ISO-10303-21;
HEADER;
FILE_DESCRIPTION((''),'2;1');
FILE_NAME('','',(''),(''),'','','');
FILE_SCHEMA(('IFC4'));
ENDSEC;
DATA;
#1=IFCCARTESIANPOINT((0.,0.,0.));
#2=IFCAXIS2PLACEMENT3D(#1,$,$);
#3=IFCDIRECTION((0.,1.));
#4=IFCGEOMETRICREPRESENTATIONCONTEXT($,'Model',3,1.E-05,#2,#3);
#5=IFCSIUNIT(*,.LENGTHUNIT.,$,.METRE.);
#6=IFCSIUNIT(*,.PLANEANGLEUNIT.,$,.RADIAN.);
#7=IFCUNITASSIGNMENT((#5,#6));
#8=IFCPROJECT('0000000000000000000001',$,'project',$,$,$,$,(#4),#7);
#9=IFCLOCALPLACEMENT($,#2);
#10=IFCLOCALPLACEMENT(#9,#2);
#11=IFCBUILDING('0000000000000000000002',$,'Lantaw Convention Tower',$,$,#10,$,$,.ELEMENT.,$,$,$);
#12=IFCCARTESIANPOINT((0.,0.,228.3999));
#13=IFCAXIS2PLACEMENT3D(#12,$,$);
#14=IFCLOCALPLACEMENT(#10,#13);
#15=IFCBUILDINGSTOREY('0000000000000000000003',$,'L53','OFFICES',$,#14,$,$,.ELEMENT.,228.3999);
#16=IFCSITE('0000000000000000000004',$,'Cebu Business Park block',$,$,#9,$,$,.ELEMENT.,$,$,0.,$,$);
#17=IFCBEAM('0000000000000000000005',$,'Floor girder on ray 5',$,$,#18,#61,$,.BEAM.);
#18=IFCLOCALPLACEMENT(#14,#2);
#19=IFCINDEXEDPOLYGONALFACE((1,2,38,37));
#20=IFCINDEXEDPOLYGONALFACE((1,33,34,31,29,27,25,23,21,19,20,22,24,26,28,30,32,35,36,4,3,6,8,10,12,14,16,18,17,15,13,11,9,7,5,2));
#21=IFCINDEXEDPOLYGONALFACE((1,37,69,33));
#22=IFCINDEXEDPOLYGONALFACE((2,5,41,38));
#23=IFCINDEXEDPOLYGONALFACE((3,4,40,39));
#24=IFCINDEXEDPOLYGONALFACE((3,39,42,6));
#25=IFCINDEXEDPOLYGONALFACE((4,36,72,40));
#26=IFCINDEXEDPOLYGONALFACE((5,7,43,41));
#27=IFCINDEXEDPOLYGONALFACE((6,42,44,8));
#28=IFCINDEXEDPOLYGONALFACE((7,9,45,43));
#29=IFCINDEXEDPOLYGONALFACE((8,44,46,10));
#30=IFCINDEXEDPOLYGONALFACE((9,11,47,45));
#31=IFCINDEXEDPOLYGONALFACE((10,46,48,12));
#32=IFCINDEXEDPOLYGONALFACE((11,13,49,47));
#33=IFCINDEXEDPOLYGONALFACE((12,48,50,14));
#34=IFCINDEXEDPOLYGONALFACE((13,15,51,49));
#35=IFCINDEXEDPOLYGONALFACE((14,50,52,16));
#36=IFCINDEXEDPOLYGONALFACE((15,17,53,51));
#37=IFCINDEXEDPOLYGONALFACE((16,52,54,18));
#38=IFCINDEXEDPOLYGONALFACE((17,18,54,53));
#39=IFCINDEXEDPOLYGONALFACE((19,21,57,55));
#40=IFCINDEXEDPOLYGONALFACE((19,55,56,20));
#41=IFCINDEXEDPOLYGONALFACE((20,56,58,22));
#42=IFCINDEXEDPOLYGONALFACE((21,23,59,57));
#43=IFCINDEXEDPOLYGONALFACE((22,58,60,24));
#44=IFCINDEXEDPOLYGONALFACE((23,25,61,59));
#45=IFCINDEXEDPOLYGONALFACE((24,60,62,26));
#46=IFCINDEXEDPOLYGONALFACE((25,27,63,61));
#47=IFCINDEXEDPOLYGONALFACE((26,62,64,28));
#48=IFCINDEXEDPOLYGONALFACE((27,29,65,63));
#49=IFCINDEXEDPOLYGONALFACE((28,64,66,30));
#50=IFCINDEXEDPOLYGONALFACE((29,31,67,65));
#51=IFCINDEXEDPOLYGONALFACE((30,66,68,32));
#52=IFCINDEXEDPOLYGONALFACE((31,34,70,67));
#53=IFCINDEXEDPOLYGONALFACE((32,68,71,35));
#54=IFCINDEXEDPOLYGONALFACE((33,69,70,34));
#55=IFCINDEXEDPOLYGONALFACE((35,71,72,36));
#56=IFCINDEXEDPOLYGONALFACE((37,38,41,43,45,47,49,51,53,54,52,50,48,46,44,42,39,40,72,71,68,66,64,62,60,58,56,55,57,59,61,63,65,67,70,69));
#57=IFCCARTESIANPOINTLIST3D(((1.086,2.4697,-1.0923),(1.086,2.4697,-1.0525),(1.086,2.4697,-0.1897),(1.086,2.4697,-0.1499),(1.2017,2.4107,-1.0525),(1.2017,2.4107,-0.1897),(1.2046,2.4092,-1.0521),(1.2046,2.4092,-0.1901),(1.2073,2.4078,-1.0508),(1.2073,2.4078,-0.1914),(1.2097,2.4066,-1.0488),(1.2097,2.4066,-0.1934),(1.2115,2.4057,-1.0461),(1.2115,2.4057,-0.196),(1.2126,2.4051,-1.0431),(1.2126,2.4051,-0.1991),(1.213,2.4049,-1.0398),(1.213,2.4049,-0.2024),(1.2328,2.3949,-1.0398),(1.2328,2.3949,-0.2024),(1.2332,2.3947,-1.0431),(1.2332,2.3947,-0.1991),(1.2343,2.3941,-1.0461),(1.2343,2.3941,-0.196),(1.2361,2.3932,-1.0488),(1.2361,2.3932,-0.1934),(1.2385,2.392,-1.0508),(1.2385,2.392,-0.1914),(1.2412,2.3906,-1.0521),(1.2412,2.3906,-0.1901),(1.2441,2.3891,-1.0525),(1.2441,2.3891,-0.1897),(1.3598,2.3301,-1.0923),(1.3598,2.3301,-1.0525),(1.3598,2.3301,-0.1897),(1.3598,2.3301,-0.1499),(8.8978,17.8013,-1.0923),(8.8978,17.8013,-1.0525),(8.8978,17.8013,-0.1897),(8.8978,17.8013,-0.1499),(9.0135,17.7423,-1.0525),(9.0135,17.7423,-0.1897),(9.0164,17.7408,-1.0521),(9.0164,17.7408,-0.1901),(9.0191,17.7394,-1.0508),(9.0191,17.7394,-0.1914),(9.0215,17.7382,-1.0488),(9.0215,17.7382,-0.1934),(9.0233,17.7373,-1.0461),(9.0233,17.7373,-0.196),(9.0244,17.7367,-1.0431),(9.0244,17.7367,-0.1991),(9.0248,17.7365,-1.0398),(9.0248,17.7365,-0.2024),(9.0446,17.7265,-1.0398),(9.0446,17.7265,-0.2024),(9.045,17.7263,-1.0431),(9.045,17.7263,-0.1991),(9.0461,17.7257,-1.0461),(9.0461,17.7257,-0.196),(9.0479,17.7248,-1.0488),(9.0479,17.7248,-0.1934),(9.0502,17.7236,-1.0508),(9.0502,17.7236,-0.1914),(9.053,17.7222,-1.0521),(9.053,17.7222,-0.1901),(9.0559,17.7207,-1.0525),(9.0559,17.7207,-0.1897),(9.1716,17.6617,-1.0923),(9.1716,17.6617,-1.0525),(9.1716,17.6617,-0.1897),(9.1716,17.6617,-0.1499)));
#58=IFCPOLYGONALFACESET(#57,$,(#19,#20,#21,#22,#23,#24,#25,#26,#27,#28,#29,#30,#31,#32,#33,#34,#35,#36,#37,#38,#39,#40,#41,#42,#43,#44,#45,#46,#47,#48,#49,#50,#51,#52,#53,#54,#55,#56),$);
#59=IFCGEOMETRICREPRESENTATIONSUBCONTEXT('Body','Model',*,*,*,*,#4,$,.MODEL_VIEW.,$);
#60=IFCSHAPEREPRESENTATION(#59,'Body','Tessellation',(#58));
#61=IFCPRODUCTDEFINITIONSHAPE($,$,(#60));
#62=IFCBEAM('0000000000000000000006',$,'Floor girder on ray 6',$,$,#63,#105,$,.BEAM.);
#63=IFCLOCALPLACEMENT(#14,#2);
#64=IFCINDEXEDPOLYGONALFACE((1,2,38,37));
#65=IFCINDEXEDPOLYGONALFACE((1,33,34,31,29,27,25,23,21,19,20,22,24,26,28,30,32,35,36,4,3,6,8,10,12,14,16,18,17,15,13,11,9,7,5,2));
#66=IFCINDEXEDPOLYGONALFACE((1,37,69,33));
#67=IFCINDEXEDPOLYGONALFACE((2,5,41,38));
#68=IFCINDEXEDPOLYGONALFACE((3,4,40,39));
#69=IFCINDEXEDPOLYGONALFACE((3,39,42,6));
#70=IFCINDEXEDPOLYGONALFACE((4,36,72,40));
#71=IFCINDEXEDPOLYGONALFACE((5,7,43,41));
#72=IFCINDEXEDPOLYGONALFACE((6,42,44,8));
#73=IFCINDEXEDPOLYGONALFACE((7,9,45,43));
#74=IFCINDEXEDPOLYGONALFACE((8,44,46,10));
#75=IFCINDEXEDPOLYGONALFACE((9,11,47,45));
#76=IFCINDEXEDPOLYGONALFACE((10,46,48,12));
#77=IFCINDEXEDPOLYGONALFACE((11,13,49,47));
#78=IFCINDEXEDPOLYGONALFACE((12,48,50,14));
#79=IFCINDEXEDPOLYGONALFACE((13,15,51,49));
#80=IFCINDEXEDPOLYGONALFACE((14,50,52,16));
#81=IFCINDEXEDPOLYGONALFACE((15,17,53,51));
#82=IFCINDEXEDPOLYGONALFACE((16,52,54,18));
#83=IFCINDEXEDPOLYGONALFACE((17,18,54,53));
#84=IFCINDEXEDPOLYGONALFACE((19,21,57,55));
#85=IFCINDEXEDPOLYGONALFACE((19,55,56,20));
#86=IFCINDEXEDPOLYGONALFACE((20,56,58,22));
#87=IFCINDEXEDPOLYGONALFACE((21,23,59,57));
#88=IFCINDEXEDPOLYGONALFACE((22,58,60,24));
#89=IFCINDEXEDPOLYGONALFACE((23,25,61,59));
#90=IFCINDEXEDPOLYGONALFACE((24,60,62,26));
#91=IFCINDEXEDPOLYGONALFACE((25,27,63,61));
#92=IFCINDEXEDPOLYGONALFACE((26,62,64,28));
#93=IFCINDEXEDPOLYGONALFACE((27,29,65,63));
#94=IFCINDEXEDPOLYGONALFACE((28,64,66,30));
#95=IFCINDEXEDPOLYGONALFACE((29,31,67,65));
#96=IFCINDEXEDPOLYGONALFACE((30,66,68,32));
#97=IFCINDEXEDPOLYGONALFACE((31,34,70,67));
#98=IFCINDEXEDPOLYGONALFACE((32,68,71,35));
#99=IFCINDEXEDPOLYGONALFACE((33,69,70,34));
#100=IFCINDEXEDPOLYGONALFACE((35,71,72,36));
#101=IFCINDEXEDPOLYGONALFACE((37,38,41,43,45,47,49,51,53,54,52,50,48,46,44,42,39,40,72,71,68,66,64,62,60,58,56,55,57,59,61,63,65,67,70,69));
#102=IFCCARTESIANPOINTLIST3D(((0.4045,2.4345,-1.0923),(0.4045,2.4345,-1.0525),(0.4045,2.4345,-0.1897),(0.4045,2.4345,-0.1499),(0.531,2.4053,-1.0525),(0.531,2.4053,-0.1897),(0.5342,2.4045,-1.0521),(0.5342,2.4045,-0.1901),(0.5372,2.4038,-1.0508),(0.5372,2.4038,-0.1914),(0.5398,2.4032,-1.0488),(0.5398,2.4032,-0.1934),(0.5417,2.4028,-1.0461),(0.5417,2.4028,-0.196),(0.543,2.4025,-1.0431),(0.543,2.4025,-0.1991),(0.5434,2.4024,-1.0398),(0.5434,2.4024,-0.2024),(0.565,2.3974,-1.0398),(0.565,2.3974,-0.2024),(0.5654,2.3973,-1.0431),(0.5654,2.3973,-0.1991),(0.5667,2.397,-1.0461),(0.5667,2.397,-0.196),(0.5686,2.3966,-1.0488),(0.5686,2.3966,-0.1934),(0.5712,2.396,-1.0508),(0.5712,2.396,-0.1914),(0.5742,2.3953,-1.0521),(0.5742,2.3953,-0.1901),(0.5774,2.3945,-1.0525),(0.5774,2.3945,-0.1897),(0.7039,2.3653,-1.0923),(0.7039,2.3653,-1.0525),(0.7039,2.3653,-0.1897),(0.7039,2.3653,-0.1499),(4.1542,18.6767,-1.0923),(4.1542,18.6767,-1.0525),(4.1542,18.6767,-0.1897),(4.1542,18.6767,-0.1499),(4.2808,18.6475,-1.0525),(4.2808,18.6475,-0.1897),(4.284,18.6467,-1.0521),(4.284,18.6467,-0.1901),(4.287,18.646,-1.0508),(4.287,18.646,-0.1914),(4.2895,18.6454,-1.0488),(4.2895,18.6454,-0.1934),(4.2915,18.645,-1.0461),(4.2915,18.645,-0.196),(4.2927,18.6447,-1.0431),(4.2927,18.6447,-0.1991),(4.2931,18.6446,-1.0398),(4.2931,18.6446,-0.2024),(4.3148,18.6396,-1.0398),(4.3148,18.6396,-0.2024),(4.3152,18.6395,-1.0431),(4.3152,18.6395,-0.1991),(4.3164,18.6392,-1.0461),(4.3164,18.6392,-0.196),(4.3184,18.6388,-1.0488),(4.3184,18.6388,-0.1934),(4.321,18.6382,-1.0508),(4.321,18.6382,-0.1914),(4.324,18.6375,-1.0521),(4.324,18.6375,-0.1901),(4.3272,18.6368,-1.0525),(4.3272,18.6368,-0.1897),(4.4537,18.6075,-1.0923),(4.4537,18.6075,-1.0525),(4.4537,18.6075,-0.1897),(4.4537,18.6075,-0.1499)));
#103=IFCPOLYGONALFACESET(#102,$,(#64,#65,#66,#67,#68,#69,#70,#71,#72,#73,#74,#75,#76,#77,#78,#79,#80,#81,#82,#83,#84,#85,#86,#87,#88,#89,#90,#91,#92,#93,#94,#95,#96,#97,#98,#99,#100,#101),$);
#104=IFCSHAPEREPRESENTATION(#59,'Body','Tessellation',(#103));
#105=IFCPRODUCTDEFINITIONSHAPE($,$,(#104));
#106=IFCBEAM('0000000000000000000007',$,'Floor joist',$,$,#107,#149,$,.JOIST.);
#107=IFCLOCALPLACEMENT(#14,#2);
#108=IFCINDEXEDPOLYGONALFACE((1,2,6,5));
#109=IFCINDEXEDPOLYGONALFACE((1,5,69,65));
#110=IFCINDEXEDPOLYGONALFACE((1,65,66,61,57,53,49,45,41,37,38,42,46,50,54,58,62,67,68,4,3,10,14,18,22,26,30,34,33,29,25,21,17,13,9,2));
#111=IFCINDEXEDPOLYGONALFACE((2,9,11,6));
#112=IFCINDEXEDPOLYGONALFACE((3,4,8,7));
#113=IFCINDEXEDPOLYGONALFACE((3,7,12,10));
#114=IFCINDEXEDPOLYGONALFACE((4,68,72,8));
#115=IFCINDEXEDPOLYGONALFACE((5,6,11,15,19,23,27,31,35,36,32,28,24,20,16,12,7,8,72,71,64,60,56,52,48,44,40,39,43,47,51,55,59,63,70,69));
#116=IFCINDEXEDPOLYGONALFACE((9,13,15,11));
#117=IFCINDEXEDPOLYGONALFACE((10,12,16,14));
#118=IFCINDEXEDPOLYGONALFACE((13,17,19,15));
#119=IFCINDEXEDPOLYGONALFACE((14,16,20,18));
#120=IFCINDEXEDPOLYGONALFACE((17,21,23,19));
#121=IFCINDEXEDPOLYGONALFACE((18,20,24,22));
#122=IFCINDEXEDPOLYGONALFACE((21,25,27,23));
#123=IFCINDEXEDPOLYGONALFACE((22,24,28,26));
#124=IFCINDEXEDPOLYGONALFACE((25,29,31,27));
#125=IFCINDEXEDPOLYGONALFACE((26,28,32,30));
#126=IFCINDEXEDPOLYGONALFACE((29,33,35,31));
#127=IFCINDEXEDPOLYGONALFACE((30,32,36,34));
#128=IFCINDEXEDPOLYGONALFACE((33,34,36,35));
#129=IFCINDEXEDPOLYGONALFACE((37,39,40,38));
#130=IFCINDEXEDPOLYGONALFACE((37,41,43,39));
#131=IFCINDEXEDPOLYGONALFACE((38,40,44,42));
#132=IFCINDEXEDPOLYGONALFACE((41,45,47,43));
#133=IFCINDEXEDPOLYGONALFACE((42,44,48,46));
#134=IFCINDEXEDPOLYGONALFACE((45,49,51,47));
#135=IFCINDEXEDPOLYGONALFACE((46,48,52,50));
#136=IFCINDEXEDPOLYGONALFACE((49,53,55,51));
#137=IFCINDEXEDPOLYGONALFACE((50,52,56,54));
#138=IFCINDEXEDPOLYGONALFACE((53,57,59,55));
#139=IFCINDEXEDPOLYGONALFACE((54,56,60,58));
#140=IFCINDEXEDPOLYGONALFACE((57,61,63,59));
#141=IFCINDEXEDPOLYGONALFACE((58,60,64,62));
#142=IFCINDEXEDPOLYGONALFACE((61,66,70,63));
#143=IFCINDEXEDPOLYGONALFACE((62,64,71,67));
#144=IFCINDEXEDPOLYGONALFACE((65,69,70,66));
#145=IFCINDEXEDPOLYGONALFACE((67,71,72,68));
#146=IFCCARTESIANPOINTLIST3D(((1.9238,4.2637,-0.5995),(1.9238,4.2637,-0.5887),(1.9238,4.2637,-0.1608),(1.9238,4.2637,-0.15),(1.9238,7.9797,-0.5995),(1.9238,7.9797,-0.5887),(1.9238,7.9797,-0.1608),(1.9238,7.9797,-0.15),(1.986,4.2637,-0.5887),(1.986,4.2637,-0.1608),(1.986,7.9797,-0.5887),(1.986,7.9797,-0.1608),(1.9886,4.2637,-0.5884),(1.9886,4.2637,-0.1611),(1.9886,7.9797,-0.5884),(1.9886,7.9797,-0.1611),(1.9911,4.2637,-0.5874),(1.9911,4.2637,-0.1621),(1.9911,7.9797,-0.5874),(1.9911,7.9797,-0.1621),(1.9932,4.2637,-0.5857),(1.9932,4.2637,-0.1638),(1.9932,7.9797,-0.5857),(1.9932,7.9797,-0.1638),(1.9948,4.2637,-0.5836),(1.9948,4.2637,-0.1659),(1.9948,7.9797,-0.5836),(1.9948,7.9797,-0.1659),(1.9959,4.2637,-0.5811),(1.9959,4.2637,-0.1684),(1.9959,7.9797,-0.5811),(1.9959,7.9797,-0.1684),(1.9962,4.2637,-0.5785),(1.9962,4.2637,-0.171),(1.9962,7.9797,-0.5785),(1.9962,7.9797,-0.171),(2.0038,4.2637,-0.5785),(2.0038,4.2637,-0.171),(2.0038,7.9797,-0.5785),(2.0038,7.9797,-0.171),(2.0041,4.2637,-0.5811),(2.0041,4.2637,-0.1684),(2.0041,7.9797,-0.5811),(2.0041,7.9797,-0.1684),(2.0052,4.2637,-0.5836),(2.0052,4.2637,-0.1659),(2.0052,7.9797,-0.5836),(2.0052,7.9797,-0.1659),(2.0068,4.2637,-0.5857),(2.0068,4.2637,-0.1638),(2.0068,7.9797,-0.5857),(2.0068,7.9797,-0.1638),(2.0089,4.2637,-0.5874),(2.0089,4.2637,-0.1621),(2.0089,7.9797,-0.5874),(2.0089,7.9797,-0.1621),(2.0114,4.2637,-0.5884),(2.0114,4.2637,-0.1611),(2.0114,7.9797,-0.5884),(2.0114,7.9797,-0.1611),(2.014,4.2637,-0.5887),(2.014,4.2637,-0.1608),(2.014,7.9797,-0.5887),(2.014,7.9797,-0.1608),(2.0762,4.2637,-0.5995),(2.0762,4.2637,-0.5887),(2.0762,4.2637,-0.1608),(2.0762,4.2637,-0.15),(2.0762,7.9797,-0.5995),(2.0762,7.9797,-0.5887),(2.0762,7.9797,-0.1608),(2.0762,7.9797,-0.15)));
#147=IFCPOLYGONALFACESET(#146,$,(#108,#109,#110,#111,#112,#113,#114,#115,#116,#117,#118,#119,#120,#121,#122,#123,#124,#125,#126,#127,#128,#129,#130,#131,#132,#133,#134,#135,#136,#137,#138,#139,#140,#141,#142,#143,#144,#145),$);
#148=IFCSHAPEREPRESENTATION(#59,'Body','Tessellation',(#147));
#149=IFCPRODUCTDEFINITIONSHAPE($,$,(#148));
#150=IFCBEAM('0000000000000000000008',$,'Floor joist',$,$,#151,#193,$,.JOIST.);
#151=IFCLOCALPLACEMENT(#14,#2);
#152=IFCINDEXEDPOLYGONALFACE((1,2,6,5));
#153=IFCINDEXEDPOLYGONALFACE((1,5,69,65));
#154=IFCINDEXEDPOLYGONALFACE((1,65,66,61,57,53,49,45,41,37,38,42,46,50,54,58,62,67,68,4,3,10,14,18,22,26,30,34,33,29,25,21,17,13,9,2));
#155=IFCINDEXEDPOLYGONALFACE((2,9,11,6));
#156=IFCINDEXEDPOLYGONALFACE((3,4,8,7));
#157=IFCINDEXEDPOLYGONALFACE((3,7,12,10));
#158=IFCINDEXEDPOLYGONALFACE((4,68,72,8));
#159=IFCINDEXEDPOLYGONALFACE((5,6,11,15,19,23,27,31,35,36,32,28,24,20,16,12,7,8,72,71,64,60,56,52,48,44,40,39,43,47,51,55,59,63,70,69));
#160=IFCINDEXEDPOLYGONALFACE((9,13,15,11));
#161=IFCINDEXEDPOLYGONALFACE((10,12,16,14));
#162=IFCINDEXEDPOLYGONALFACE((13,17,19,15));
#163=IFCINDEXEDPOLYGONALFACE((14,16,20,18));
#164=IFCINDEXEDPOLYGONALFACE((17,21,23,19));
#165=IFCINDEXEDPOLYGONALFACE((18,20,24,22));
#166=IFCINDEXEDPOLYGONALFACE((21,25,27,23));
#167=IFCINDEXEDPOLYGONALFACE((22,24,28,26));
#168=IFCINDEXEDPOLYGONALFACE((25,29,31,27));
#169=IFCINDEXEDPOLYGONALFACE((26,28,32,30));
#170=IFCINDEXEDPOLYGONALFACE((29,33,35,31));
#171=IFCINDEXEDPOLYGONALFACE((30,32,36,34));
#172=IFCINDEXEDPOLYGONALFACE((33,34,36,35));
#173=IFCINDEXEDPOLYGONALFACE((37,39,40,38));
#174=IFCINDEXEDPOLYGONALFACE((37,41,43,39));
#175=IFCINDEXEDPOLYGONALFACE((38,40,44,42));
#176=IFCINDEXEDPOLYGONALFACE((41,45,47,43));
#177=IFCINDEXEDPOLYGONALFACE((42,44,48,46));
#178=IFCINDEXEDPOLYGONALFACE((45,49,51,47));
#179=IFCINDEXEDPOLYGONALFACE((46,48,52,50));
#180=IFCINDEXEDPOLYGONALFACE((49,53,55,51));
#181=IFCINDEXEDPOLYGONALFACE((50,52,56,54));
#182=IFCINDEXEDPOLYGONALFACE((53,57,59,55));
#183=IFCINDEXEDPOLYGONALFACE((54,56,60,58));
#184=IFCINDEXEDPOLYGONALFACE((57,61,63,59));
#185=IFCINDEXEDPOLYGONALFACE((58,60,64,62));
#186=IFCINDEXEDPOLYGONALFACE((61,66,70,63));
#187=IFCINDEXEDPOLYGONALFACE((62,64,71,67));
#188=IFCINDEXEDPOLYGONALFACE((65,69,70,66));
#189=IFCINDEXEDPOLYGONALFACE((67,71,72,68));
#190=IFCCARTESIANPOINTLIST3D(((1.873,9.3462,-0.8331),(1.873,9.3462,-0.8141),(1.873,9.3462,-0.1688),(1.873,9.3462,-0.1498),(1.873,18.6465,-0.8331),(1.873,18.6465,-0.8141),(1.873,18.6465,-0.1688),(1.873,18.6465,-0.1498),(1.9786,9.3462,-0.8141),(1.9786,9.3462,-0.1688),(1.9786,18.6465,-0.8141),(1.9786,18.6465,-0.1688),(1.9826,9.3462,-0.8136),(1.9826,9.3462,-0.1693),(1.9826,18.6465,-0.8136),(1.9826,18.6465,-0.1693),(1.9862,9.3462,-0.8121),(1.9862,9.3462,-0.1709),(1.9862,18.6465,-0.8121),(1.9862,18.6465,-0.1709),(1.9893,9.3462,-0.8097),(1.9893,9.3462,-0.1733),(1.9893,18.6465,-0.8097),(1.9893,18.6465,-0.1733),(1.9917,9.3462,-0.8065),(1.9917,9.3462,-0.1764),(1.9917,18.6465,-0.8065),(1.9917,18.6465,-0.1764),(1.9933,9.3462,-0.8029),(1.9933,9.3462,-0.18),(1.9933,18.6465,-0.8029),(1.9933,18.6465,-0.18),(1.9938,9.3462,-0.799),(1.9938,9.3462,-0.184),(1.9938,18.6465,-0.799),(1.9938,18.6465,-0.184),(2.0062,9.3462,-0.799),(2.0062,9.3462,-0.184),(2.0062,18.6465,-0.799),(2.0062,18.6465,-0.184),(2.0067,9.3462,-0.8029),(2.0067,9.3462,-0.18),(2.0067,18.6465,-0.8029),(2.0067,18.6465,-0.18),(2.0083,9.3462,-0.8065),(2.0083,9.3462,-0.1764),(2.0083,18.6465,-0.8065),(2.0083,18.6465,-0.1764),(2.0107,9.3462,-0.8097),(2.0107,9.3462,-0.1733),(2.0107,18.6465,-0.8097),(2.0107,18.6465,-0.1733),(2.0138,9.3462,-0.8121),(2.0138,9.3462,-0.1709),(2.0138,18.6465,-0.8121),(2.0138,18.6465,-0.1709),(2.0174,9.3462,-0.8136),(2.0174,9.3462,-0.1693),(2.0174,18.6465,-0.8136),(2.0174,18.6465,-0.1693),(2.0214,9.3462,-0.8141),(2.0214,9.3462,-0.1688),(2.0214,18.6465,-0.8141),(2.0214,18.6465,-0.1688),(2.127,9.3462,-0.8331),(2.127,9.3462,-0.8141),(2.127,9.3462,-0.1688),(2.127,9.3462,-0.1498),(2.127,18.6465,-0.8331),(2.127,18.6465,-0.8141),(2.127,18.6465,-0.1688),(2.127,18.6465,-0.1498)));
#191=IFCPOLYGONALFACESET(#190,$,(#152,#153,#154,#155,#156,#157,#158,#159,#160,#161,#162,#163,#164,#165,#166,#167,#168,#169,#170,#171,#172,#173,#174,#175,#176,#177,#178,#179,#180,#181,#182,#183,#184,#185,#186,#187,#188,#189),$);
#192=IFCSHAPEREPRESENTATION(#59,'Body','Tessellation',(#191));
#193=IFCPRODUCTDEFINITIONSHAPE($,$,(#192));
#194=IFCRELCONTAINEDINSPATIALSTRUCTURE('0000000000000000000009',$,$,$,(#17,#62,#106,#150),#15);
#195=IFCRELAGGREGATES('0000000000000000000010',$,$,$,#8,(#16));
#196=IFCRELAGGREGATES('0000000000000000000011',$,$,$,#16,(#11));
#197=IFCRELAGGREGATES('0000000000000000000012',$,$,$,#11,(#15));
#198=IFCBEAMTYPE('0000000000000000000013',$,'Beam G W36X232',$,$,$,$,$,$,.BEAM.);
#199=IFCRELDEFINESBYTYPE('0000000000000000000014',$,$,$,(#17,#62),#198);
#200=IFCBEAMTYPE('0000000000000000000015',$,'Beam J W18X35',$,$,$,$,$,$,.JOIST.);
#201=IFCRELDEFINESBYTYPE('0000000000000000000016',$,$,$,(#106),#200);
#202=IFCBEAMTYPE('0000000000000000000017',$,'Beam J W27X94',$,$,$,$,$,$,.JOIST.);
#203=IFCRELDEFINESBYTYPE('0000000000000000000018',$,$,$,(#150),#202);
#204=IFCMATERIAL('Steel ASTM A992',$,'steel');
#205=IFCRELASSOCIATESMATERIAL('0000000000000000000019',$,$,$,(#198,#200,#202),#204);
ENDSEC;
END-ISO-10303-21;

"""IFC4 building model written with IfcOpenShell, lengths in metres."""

from ifc_helpers import new_model, si_unit, direction, frame, origin, origin_2d, place, context, subcontext, project, spatial, i_section, extrude, material, material_profile, profile_set, type_object, element, save


model = new_model("IFC4")

# Units and contexts
model_context = context("Model", 3, precision=1e-05, world=origin(), true_north=direction((0.0, 1.0)))
body_context = subcontext(model_context, "Body", "Model", "MODEL_VIEW")
ifc_project = project(units=[si_unit("LENGTHUNIT", "METRE"), si_unit("PLANEANGLEUNIT", "RADIAN")], contexts=[model_context])

# Site, building, storey
site_placement = place(None, origin())
site = spatial("IfcSite", under=ifc_project, at=site_placement, Name="Cebu Business Park block", CompositionType="ELEMENT", RefElevation=0.0)
building_placement = place(site_placement, origin())
building = spatial("IfcBuilding", under=site, at=building_placement, Name="Lantaw Convention Tower", CompositionType="ELEMENT")
storey_placement = place(building_placement, frame((0.0, 0.0, 228.3999)))
storey = spatial("IfcBuildingStorey", under=building, at=storey_placement, Name="L53", Description="OFFICES", CompositionType="ELEMENT", Elevation=228.3999)

# Beams
ifc_material_1 = material(Name="Steel ASTM A992", Category="steel")
ifc_material_profile_1 = material_profile(ifc_material_1, i_section(OverallWidth=0.3074, OverallDepth=0.9424, WebThickness=0.0222, FlangeThickness=0.0398, FilletRadius=0.0127, at=origin_2d()), Name="W36X232")
ifc_profile_set_1 = profile_set([ifc_material_profile_1], Name="Steel ASTM A992")
beam_type_1 = type_object("IfcBeamType", Name="Beam G W36X232", PredefinedType="BEAM", material=ifc_profile_set_1)
beam_1_placement = place(storey_placement, frame((1.2229, 2.3999, -0.6211), z_axis=(0.453988, 0.891008, 0.0), x_axis=(-0.891008, 0.453988, 0.0)))
element("IfcBeam", 1, at=beam_1_placement, inside=storey, type_object=beam_type_1, Name="Floor girder on ray 5", PredefinedType="BEAM", context=body_context, shape_type="SweptSolid", body=[
    extrude(i_section(OverallWidth=0.3074, OverallDepth=0.9424, WebThickness=0.0222, FlangeThickness=0.0398, FilletRadius=0.0127, at=origin_2d()), origin(), (0.0, 0.0, 1.0), 17.207),
])
beam_2_placement = place(storey_placement, frame((0.5542, 2.3999, -0.6211), z_axis=(0.224948, 0.974371, 0.0), x_axis=(-0.974371, 0.224948, 0.0)))
element("IfcBeam", 2, at=beam_2_placement, inside=storey, type_object=beam_type_1, Name="Floor girder on ray 6", PredefinedType="BEAM", context=body_context, shape_type="SweptSolid", body=[
    extrude(i_section(OverallWidth=0.3074, OverallDepth=0.9424, WebThickness=0.0222, FlangeThickness=0.0398, FilletRadius=0.0127, at=origin_2d()), origin(), (0.0, 0.0, 1.0), 16.6694),
])
ifc_material_profile_2 = material_profile(ifc_material_1, i_section(OverallWidth=0.1523, OverallDepth=0.4495, WebThickness=0.0076, FlangeThickness=0.0107, FilletRadius=0.0103, at=origin_2d()), Name="W18X35")
ifc_profile_set_2 = profile_set([ifc_material_profile_2], Name="Steel ASTM A992")
beam_type_2 = type_object("IfcBeamType", Name="Beam J W18X35", PredefinedType="JOIST", material=ifc_profile_set_2)
beam_3_placement = place(storey_placement, frame((2.0, 4.2637, -0.3748), z_axis=(0.0, 1.0, 0.0), x_axis=(-1.0, 0.0, 0.0)))
element("IfcBeam", 3, at=beam_3_placement, inside=storey, type_object=beam_type_2, Name="Floor joist", PredefinedType="JOIST", context=body_context, shape_type="SweptSolid", body=[
    extrude(i_section(OverallWidth=0.1523, OverallDepth=0.4495, WebThickness=0.0076, FlangeThickness=0.0107, FilletRadius=0.0103, at=origin_2d()), origin(), (0.0, 0.0, 1.0), 3.7161),
])
ifc_material_profile_3 = material_profile(ifc_material_1, i_section(OverallWidth=0.2539, OverallDepth=0.6833, WebThickness=0.0125, FlangeThickness=0.019, FilletRadius=0.0151, at=origin_2d()), Name="W27X94")
ifc_profile_set_3 = profile_set([ifc_material_profile_3], Name="Steel ASTM A992")
beam_type_3 = type_object("IfcBeamType", Name="Beam J W27X94", PredefinedType="JOIST", material=ifc_profile_set_3)
beam_4_placement = place(storey_placement, frame((2.0, 9.3462, -0.4915), z_axis=(0.0, 1.0, 0.0), x_axis=(-1.0, 0.0, 0.0)))
element("IfcBeam", 4, at=beam_4_placement, inside=storey, type_object=beam_type_3, Name="Floor joist", PredefinedType="JOIST", context=body_context, shape_type="SweptSolid", body=[
    extrude(i_section(OverallWidth=0.2539, OverallDepth=0.6833, WebThickness=0.0125, FlangeThickness=0.019, FilletRadius=0.0151, at=origin_2d()), origin(), (0.0, 0.0, 1.0), 9.3003),
])

save(model, "model.ifc")
